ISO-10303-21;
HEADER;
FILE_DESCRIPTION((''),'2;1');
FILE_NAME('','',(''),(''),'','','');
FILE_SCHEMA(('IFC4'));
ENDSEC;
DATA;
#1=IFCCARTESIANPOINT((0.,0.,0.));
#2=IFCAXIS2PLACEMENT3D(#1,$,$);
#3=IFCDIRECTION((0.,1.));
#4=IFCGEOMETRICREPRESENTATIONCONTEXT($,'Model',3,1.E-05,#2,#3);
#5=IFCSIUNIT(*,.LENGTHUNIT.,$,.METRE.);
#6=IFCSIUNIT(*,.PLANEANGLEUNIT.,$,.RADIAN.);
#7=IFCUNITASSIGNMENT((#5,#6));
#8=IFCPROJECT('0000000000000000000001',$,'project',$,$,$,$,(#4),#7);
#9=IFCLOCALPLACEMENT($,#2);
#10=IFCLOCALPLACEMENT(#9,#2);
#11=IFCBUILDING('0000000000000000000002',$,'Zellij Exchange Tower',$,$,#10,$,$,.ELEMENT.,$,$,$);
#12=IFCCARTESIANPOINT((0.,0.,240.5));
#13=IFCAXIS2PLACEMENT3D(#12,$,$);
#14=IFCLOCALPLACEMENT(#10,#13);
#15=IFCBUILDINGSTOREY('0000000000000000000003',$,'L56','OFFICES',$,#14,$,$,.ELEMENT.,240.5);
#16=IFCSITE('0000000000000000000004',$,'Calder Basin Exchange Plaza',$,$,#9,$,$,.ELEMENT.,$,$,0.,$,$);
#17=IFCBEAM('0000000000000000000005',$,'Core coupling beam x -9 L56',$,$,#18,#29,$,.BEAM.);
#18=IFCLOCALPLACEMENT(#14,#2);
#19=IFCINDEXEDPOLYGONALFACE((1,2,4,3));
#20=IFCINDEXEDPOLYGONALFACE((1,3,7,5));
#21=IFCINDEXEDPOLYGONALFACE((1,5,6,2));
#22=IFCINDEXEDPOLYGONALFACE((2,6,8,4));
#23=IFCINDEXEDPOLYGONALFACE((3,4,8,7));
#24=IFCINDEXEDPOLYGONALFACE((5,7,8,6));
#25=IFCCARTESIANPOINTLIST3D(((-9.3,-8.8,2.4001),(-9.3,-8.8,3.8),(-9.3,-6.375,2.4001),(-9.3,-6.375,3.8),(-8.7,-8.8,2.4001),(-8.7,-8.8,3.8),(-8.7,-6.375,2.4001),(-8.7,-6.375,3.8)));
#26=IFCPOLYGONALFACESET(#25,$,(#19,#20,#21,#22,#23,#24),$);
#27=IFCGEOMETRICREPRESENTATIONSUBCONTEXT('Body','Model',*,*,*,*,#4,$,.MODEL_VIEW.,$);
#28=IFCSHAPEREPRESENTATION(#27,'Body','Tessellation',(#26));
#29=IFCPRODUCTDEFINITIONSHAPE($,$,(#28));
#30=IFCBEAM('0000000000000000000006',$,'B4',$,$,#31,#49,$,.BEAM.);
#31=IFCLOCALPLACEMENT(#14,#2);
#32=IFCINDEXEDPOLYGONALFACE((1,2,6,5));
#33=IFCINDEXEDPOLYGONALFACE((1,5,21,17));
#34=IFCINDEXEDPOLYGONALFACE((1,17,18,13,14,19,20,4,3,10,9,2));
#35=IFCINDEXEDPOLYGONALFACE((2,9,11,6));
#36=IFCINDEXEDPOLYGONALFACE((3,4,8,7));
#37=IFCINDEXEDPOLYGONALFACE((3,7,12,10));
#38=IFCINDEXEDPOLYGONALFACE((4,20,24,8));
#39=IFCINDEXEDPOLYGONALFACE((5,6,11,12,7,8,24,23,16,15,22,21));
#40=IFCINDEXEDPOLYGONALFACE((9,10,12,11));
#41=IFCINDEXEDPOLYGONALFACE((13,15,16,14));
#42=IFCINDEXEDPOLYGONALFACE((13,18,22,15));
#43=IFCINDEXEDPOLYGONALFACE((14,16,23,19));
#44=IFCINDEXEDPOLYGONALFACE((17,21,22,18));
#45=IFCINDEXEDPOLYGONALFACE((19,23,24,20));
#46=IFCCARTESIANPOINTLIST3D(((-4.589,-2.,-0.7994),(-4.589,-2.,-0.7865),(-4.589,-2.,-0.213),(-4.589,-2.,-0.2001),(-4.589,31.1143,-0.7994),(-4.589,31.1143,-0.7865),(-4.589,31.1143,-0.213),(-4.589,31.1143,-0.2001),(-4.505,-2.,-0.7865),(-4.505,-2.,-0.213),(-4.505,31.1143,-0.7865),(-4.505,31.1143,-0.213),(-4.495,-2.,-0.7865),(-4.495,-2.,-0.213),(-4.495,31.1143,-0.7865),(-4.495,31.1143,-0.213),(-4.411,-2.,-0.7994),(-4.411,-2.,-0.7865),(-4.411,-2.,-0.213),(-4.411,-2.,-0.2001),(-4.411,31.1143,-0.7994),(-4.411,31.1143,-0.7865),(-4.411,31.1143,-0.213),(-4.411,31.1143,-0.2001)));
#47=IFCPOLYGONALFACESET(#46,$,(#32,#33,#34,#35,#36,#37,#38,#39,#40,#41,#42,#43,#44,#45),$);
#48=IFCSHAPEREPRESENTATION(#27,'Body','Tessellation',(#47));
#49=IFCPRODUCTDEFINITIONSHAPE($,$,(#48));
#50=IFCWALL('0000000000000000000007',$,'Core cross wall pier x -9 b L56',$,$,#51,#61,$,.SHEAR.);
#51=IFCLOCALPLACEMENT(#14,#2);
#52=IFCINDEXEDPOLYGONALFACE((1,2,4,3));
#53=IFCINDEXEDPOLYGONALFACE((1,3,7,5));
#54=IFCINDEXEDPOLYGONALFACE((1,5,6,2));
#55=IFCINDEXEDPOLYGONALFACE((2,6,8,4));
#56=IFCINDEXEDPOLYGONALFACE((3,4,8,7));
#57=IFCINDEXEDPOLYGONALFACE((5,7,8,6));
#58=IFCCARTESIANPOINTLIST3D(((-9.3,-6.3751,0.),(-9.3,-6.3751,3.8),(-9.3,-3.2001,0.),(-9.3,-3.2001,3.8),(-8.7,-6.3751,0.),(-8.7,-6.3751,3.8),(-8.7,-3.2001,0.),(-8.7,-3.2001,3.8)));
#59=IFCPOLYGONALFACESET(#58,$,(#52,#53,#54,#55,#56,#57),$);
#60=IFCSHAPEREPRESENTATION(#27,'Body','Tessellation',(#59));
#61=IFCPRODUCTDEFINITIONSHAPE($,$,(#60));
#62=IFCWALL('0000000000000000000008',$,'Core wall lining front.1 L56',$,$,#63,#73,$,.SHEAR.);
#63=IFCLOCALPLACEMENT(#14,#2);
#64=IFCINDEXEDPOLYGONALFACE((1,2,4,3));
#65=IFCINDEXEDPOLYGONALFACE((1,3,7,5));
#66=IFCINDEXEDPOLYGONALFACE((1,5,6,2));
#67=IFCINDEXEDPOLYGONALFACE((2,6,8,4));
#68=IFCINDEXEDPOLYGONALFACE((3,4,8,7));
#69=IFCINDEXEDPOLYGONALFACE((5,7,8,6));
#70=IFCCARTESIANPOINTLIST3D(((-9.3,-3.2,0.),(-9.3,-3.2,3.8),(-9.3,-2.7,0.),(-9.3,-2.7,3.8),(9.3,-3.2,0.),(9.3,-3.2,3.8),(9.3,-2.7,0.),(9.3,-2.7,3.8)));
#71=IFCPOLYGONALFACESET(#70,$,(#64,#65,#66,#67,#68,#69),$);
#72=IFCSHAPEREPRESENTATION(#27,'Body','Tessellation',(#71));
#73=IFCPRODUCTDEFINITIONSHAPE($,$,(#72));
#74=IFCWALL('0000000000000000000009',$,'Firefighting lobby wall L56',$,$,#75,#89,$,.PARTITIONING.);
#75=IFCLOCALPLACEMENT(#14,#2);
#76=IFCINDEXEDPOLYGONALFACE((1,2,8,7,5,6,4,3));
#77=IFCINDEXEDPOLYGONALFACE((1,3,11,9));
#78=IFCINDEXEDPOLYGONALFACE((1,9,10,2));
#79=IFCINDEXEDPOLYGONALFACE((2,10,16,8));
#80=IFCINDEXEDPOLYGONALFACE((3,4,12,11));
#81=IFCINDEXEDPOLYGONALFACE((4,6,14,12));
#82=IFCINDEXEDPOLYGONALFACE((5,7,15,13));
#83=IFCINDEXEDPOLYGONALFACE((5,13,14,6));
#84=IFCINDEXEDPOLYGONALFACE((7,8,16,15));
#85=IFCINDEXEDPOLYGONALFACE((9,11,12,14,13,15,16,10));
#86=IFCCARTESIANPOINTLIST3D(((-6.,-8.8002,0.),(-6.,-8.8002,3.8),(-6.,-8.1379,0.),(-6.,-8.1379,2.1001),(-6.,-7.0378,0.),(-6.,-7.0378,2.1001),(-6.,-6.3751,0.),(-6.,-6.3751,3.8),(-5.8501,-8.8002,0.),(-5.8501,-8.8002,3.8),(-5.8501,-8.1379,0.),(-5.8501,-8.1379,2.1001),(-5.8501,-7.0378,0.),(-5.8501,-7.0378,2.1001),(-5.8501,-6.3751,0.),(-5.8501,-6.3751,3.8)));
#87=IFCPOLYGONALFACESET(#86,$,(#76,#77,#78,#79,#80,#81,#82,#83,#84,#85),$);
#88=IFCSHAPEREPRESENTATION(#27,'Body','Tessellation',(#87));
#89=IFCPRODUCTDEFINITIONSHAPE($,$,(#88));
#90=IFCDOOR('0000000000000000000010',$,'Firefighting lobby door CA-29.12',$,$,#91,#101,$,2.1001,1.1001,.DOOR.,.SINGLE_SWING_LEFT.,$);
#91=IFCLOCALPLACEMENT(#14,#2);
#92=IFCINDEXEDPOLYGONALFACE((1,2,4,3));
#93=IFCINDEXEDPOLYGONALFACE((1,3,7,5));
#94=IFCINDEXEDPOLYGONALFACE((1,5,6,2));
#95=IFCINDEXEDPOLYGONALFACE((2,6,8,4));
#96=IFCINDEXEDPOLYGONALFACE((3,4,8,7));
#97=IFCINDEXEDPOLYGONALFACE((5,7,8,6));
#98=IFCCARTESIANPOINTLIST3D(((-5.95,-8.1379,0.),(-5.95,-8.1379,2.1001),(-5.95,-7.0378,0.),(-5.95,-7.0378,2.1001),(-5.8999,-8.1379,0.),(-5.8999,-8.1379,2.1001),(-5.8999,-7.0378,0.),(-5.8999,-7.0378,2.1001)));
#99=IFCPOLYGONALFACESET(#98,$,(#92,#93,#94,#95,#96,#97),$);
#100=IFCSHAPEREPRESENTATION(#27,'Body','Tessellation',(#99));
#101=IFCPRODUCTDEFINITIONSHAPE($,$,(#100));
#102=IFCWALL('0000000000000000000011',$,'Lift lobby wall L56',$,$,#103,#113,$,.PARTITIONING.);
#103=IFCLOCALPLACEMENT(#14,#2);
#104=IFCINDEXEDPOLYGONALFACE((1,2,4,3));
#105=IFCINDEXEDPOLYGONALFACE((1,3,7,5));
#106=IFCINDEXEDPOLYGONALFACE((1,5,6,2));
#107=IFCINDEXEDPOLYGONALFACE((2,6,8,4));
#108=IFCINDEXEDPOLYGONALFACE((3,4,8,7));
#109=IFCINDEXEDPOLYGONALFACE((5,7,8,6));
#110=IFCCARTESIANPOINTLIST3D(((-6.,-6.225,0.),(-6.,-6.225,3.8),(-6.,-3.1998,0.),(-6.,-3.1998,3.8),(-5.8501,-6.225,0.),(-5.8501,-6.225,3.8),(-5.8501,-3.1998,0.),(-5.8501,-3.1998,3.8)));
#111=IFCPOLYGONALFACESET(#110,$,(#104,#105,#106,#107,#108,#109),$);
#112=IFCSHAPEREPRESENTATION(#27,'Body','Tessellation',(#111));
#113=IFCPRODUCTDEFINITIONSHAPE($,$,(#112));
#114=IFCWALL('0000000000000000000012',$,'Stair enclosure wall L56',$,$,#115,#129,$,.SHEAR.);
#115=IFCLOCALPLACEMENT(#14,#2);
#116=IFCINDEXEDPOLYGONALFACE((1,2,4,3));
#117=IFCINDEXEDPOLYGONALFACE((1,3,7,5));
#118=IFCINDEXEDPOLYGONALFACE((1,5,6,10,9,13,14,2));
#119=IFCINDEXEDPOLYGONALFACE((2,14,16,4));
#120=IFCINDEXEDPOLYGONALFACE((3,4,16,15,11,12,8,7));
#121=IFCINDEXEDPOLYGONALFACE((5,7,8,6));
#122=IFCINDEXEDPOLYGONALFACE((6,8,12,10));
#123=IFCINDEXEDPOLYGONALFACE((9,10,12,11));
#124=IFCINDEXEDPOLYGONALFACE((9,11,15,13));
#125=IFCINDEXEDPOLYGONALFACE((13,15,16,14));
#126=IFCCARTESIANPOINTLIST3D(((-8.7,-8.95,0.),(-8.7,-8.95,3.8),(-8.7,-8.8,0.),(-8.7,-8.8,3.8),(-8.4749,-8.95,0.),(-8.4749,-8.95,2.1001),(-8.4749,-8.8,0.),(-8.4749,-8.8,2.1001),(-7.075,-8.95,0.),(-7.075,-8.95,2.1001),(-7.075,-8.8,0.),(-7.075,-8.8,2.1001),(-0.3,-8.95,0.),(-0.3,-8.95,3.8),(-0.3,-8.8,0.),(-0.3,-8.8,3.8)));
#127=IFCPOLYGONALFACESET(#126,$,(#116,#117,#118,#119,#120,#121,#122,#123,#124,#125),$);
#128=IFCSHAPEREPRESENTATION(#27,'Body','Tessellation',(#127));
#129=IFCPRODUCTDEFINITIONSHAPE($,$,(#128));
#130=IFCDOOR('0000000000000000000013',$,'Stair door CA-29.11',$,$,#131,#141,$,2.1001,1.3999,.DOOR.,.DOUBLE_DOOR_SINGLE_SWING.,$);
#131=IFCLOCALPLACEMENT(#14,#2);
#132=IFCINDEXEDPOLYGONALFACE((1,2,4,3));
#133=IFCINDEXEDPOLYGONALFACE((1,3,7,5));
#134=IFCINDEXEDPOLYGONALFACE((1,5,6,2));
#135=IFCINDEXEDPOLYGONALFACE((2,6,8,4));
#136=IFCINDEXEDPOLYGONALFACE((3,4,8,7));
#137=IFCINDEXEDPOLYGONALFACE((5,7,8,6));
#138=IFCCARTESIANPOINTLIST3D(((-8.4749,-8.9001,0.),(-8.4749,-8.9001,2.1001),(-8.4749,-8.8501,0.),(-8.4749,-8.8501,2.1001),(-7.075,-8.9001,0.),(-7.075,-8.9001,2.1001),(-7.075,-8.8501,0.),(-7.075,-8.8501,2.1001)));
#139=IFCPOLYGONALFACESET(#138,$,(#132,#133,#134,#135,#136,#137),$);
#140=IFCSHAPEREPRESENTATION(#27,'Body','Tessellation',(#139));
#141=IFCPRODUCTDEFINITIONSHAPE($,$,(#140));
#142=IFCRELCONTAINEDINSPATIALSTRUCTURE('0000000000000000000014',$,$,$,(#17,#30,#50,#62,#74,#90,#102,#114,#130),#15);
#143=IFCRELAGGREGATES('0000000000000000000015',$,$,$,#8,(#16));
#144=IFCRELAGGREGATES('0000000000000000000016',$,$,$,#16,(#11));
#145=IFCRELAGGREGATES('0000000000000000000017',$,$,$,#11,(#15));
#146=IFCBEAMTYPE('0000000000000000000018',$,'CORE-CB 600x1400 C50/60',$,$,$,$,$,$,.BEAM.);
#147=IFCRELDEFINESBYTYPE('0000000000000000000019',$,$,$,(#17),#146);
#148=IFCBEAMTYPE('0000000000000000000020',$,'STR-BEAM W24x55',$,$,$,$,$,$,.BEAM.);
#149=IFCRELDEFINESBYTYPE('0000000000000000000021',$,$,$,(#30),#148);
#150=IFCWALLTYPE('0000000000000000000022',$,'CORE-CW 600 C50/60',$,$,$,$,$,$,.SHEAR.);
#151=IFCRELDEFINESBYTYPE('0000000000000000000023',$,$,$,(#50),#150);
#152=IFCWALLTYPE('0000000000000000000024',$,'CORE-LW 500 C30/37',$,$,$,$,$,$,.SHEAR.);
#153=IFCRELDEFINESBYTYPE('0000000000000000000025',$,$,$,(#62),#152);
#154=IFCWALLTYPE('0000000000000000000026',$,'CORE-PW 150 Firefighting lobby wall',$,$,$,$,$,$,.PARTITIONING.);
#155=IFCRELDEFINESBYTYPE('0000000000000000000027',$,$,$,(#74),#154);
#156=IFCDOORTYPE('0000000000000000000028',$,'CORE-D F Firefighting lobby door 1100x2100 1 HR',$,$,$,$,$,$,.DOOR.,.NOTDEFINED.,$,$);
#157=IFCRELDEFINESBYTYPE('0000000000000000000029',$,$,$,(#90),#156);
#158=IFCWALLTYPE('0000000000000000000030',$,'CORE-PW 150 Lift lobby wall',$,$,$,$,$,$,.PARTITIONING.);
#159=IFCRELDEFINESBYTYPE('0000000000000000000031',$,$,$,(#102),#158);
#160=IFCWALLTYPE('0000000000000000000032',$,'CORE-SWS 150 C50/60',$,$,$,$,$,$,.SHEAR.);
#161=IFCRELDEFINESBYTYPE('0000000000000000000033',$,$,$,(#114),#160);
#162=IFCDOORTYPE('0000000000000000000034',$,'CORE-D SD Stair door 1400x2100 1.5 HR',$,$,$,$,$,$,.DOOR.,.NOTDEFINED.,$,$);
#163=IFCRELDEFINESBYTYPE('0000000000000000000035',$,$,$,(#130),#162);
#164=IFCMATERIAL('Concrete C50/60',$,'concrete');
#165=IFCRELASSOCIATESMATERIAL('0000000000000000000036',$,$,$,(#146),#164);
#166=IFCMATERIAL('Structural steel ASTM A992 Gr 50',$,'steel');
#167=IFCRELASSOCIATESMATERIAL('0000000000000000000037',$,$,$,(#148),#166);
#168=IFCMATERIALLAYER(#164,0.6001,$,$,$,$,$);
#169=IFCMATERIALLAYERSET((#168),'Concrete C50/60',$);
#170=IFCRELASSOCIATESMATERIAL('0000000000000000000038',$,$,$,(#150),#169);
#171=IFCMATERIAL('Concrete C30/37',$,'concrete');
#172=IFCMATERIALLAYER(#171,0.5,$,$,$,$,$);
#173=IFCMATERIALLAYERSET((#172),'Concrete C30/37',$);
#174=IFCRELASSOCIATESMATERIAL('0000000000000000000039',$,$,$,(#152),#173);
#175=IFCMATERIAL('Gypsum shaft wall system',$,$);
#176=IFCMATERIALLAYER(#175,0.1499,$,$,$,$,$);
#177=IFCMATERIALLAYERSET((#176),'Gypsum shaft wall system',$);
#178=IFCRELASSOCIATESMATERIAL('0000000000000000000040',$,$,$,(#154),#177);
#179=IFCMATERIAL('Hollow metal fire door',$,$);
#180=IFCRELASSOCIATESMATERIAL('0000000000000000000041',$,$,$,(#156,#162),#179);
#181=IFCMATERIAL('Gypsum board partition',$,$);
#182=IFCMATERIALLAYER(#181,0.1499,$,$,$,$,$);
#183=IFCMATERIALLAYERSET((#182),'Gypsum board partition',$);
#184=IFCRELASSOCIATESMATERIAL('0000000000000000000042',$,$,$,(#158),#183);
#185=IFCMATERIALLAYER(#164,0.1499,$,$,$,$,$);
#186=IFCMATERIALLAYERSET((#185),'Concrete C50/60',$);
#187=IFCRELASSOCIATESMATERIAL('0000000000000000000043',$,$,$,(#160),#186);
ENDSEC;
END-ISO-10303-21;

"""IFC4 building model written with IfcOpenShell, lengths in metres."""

from ifc_helpers import new_model, si_unit, direction, frame, frame_2d, origin, origin_2d, place, context, subcontext, project, spatial, rectangle, i_section, extrude, material, layer, layer_set, material_profile, profile_set, type_object, element, fill, save


model = new_model("IFC4")

# Units and contexts
model_context = context("Model", 3, precision=1e-05, world=origin(), true_north=direction((0.0, 1.0)))
body_context = subcontext(model_context, "Body", "Model", "MODEL_VIEW")
ifc_project = project(units=[si_unit("LENGTHUNIT", "METRE"), si_unit("PLANEANGLEUNIT", "RADIAN")], contexts=[model_context])

# Site, building, storey
site_placement = place(None, origin())
site = spatial("IfcSite", under=ifc_project, at=site_placement, Name="Calder Basin Exchange Plaza", CompositionType="ELEMENT", RefElevation=0.0)
building_placement = place(site_placement, origin())
building = spatial("IfcBuilding", under=site, at=building_placement, Name="Zellij Exchange Tower", CompositionType="ELEMENT")
storey_placement = place(building_placement, frame((0.0, 0.0, 240.5)))
storey = spatial("IfcBuildingStorey", under=building, at=storey_placement, Name="L56", Description="OFFICES", CompositionType="ELEMENT", Elevation=240.5)

# Beams
ifc_material_1 = material(Name="Concrete C50/60", Category="concrete")
ifc_material_profile_1 = material_profile(ifc_material_1, rectangle(XDim=0.6001, YDim=1.3999, at=origin_2d()), Name="CORE-CB 600x1400 C50/60")
ifc_profile_set_1 = profile_set([ifc_material_profile_1], Name="Concrete C50/60")
beam_type_1 = type_object("IfcBeamType", Name="CORE-CB 600x1400 C50/60", PredefinedType="BEAM", material=ifc_profile_set_1)
beam_1_placement = place(storey_placement, frame((-9.0, -8.8, 3.1001), z_axis=(0.0, 1.0, 0.0), x_axis=(-1.0, 0.0, 0.0)))
element("IfcBeam", 1, at=beam_1_placement, inside=storey, type_object=beam_type_1, Name="Core coupling beam x -9 L56", PredefinedType="BEAM", context=body_context, shape_type="SweptSolid", body=[
    extrude(rectangle(XDim=0.6001, YDim=1.3999, at=origin_2d()), origin(), (0.0, 0.0, 1.0), 2.425),
])
ifc_material_2 = material(Name="Structural steel ASTM A992 Gr 50", Category="steel")
ifc_material_profile_2 = material_profile(ifc_material_2, i_section(OverallWidth=0.178, OverallDepth=0.5994, WebThickness=0.01, FlangeThickness=0.0129, at=origin_2d()), Name="W24x55")
ifc_profile_set_2 = profile_set([ifc_material_profile_2], Name="Structural steel ASTM A992 Gr 50")
beam_type_2 = type_object("IfcBeamType", Name="STR-BEAM W24x55", PredefinedType="BEAM", material=ifc_profile_set_2)
beam_2_placement = place(storey_placement, frame((-4.5, -2.0, -0.4998), z_axis=(0.0, 1.0, 0.0), x_axis=(-1.0, 0.0, 0.0)))
element("IfcBeam", 2, at=beam_2_placement, inside=storey, type_object=beam_type_2, Name="B4", PredefinedType="BEAM", context=body_context, shape_type="SweptSolid", body=[
    extrude(i_section(OverallWidth=0.178, OverallDepth=0.5994, WebThickness=0.01, FlangeThickness=0.0129, at=origin_2d()), origin(), (0.0, 0.0, 1.0), 33.1143),
])

# Walls
ifc_layer_1 = layer(ifc_material_1, 0.6001)
ifc_layer_set_1 = layer_set([ifc_layer_1], Name="Concrete C50/60")
wall_type_1 = type_object("IfcWallType", Name="CORE-CW 600 C50/60", PredefinedType="SHEAR", material=ifc_layer_set_1)
wall_1_placement = place(storey_placement, frame((-9.0, -6.375, 0.0), z_axis=(0.0, 0.0, 1.0), x_axis=(0.0, 1.0, 0.0)))
element("IfcWall", 3, at=wall_1_placement, inside=storey, type_object=wall_type_1, Name="Core cross wall pier x -9 b L56", PredefinedType="SHEAR", context=body_context, shape_type="SweptSolid", body=[
    extrude(rectangle(XDim=3.175, YDim=0.6001, at=frame_2d((1.5874, 0.0))), origin(), (0.0, 0.0, 1.0), 3.8),
])
ifc_material_3 = material(Name="Concrete C30/37", Category="concrete")
ifc_layer_2 = layer(ifc_material_3, 0.5)
ifc_layer_set_2 = layer_set([ifc_layer_2], Name="Concrete C30/37")
wall_type_2 = type_object("IfcWallType", Name="CORE-LW 500 C30/37", PredefinedType="SHEAR", material=ifc_layer_set_2)
wall_2_placement = place(storey_placement, frame((-9.3, -2.95, 0.0), z_axis=(0.0, 0.0, 1.0), x_axis=(1.0, 0.0, 0.0)))
element("IfcWall", 4, at=wall_2_placement, inside=storey, type_object=wall_type_2, Name="Core wall lining front.1 L56", PredefinedType="SHEAR", context=body_context, shape_type="SweptSolid", body=[
    extrude(rectangle(XDim=18.6001, YDim=0.5, at=frame_2d((9.3, 0.0))), origin(), (0.0, 0.0, 1.0), 3.8),
])

# Wall, opening, door
ifc_material_4 = material(Name="Gypsum shaft wall system")
ifc_layer_3 = layer(ifc_material_4, 0.1499)
ifc_layer_set_3 = layer_set([ifc_layer_3], Name="Gypsum shaft wall system")
wall_type_3 = type_object("IfcWallType", Name="CORE-PW 150 Firefighting lobby wall", PredefinedType="PARTITIONING", material=ifc_layer_set_3)
wall_3_placement = place(storey_placement, frame((-5.925, -8.8, 0.0), z_axis=(0.0, 0.0, 1.0), x_axis=(0.0, 1.0, 0.0)))
wall_3 = element("IfcWall", 5, at=wall_3_placement, inside=storey, type_object=wall_type_3, Name="Firefighting lobby wall L56", PredefinedType="PARTITIONING", context=body_context, shape_type="SweptSolid", body=[
    extrude(rectangle(XDim=2.425, YDim=0.1499, at=frame_2d((1.2124, 0.0))), origin(), (0.0, 0.0, 1.0), 3.8),
])
opening_1_placement = place(wall_3_placement, frame((0.6621, 0.0, 0.0)))
opening_1 = element("IfcOpeningElement", 6, at=opening_1_placement, cuts=wall_3, PredefinedType="OPENING", context=body_context, shape_type="SweptSolid", body=[
    extrude(rectangle(XDim=1.1001, YDim=2.1001, at=frame_2d((0.55, 1.05))), frame((0.0, 0.0869, 0.0), z_axis=(0.0, -1.0, 0.0), x_axis=(1.0, 0.0, 0.0)), (0.0, 0.0, 1.0), 0.1738),
])
ifc_material_5 = material(Name="Hollow metal fire door")
door_type_1 = type_object("IfcDoorType", Name="CORE-D F Firefighting lobby door 1100x2100 1 HR", OperationType="NOTDEFINED", PredefinedType="DOOR", material=ifc_material_5)
door_1_placement = place(opening_1_placement, origin())
door_1 = element("IfcDoor", 7, at=door_1_placement, inside=storey, type_object=door_type_1, Name="Firefighting lobby door CA-29.12", OperationType="SINGLE_SWING_LEFT", OverallHeight=2.1001, OverallWidth=1.1001, PredefinedType="DOOR", context=body_context, shape_type="SweptSolid", body=[
    extrude(rectangle(XDim=1.1001, YDim=2.1001, at=frame_2d((0.55, 1.05))), frame((0.0, 0.0249, 0.0), z_axis=(0.0, -1.0, 0.0), x_axis=(1.0, 0.0, 0.0)), (0.0, 0.0, 1.0), 0.05),
])
fill(opening_1, door_1)

# Wall
ifc_material_6 = material(Name="Gypsum board partition")
ifc_layer_4 = layer(ifc_material_6, 0.1499)
ifc_layer_set_4 = layer_set([ifc_layer_4], Name="Gypsum board partition")
wall_type_4 = type_object("IfcWallType", Name="CORE-PW 150 Lift lobby wall", PredefinedType="PARTITIONING", material=ifc_layer_set_4)
wall_4_placement = place(storey_placement, frame((-5.925, -6.2251, 0.0), z_axis=(0.0, 0.0, 1.0), x_axis=(0.0, 1.0, 0.0)))
element("IfcWall", 8, at=wall_4_placement, inside=storey, type_object=wall_type_4, Name="Lift lobby wall L56", PredefinedType="PARTITIONING", context=body_context, shape_type="SweptSolid", body=[
    extrude(rectangle(XDim=3.0251, YDim=0.1499, at=frame_2d((1.5127, 0.0))), origin(), (0.0, 0.0, 1.0), 3.8),
])

# Wall, opening, door
ifc_layer_5 = layer(ifc_material_1, 0.1499)
ifc_layer_set_5 = layer_set([ifc_layer_5], Name="Concrete C50/60")
wall_type_5 = type_object("IfcWallType", Name="CORE-SWS 150 C50/60", PredefinedType="SHEAR", material=ifc_layer_set_5)
wall_5_placement = place(storey_placement, frame((-8.7, -8.875, 0.0), z_axis=(0.0, 0.0, 1.0), x_axis=(1.0, 0.0, 0.0)))
wall_5 = element("IfcWall", 9, at=wall_5_placement, inside=storey, type_object=wall_type_5, Name="Stair enclosure wall L56", PredefinedType="SHEAR", context=body_context, shape_type="SweptSolid", body=[
    extrude(rectangle(XDim=8.3999, YDim=0.1499, at=frame_2d((4.2, 0.0))), origin(), (0.0, 0.0, 1.0), 3.8),
])
opening_2_placement = place(wall_5_placement, frame((0.2251, 0.0, 0.0)))
opening_2 = element("IfcOpeningElement", 10, at=opening_2_placement, cuts=wall_5, PredefinedType="OPENING", context=body_context, shape_type="SweptSolid", body=[
    extrude(rectangle(XDim=1.3999, YDim=2.1001, at=frame_2d((0.7, 1.05))), frame((0.0, 0.0869, 0.0), z_axis=(0.0, -1.0, 0.0), x_axis=(1.0, 0.0, 0.0)), (0.0, 0.0, 1.0), 0.1738),
])
door_type_2 = type_object("IfcDoorType", Name="CORE-D SD Stair door 1400x2100 1.5 HR", OperationType="NOTDEFINED", PredefinedType="DOOR", material=ifc_material_5)
door_2_placement = place(opening_2_placement, origin())
door_2 = element("IfcDoor", 11, at=door_2_placement, inside=storey, type_object=door_type_2, Name="Stair door CA-29.11", OperationType="DOUBLE_DOOR_SINGLE_SWING", OverallHeight=2.1001, OverallWidth=1.3999, PredefinedType="DOOR", context=body_context, shape_type="SweptSolid", body=[
    extrude(rectangle(XDim=1.3999, YDim=2.1001, at=frame_2d((0.7, 1.05))), frame((0.0, 0.0249, 0.0), z_axis=(0.0, -1.0, 0.0), x_axis=(1.0, 0.0, 0.0)), (0.0, 0.0, 1.0), 0.05),
])
fill(opening_2, door_2)

save(model, "model.ifc")
